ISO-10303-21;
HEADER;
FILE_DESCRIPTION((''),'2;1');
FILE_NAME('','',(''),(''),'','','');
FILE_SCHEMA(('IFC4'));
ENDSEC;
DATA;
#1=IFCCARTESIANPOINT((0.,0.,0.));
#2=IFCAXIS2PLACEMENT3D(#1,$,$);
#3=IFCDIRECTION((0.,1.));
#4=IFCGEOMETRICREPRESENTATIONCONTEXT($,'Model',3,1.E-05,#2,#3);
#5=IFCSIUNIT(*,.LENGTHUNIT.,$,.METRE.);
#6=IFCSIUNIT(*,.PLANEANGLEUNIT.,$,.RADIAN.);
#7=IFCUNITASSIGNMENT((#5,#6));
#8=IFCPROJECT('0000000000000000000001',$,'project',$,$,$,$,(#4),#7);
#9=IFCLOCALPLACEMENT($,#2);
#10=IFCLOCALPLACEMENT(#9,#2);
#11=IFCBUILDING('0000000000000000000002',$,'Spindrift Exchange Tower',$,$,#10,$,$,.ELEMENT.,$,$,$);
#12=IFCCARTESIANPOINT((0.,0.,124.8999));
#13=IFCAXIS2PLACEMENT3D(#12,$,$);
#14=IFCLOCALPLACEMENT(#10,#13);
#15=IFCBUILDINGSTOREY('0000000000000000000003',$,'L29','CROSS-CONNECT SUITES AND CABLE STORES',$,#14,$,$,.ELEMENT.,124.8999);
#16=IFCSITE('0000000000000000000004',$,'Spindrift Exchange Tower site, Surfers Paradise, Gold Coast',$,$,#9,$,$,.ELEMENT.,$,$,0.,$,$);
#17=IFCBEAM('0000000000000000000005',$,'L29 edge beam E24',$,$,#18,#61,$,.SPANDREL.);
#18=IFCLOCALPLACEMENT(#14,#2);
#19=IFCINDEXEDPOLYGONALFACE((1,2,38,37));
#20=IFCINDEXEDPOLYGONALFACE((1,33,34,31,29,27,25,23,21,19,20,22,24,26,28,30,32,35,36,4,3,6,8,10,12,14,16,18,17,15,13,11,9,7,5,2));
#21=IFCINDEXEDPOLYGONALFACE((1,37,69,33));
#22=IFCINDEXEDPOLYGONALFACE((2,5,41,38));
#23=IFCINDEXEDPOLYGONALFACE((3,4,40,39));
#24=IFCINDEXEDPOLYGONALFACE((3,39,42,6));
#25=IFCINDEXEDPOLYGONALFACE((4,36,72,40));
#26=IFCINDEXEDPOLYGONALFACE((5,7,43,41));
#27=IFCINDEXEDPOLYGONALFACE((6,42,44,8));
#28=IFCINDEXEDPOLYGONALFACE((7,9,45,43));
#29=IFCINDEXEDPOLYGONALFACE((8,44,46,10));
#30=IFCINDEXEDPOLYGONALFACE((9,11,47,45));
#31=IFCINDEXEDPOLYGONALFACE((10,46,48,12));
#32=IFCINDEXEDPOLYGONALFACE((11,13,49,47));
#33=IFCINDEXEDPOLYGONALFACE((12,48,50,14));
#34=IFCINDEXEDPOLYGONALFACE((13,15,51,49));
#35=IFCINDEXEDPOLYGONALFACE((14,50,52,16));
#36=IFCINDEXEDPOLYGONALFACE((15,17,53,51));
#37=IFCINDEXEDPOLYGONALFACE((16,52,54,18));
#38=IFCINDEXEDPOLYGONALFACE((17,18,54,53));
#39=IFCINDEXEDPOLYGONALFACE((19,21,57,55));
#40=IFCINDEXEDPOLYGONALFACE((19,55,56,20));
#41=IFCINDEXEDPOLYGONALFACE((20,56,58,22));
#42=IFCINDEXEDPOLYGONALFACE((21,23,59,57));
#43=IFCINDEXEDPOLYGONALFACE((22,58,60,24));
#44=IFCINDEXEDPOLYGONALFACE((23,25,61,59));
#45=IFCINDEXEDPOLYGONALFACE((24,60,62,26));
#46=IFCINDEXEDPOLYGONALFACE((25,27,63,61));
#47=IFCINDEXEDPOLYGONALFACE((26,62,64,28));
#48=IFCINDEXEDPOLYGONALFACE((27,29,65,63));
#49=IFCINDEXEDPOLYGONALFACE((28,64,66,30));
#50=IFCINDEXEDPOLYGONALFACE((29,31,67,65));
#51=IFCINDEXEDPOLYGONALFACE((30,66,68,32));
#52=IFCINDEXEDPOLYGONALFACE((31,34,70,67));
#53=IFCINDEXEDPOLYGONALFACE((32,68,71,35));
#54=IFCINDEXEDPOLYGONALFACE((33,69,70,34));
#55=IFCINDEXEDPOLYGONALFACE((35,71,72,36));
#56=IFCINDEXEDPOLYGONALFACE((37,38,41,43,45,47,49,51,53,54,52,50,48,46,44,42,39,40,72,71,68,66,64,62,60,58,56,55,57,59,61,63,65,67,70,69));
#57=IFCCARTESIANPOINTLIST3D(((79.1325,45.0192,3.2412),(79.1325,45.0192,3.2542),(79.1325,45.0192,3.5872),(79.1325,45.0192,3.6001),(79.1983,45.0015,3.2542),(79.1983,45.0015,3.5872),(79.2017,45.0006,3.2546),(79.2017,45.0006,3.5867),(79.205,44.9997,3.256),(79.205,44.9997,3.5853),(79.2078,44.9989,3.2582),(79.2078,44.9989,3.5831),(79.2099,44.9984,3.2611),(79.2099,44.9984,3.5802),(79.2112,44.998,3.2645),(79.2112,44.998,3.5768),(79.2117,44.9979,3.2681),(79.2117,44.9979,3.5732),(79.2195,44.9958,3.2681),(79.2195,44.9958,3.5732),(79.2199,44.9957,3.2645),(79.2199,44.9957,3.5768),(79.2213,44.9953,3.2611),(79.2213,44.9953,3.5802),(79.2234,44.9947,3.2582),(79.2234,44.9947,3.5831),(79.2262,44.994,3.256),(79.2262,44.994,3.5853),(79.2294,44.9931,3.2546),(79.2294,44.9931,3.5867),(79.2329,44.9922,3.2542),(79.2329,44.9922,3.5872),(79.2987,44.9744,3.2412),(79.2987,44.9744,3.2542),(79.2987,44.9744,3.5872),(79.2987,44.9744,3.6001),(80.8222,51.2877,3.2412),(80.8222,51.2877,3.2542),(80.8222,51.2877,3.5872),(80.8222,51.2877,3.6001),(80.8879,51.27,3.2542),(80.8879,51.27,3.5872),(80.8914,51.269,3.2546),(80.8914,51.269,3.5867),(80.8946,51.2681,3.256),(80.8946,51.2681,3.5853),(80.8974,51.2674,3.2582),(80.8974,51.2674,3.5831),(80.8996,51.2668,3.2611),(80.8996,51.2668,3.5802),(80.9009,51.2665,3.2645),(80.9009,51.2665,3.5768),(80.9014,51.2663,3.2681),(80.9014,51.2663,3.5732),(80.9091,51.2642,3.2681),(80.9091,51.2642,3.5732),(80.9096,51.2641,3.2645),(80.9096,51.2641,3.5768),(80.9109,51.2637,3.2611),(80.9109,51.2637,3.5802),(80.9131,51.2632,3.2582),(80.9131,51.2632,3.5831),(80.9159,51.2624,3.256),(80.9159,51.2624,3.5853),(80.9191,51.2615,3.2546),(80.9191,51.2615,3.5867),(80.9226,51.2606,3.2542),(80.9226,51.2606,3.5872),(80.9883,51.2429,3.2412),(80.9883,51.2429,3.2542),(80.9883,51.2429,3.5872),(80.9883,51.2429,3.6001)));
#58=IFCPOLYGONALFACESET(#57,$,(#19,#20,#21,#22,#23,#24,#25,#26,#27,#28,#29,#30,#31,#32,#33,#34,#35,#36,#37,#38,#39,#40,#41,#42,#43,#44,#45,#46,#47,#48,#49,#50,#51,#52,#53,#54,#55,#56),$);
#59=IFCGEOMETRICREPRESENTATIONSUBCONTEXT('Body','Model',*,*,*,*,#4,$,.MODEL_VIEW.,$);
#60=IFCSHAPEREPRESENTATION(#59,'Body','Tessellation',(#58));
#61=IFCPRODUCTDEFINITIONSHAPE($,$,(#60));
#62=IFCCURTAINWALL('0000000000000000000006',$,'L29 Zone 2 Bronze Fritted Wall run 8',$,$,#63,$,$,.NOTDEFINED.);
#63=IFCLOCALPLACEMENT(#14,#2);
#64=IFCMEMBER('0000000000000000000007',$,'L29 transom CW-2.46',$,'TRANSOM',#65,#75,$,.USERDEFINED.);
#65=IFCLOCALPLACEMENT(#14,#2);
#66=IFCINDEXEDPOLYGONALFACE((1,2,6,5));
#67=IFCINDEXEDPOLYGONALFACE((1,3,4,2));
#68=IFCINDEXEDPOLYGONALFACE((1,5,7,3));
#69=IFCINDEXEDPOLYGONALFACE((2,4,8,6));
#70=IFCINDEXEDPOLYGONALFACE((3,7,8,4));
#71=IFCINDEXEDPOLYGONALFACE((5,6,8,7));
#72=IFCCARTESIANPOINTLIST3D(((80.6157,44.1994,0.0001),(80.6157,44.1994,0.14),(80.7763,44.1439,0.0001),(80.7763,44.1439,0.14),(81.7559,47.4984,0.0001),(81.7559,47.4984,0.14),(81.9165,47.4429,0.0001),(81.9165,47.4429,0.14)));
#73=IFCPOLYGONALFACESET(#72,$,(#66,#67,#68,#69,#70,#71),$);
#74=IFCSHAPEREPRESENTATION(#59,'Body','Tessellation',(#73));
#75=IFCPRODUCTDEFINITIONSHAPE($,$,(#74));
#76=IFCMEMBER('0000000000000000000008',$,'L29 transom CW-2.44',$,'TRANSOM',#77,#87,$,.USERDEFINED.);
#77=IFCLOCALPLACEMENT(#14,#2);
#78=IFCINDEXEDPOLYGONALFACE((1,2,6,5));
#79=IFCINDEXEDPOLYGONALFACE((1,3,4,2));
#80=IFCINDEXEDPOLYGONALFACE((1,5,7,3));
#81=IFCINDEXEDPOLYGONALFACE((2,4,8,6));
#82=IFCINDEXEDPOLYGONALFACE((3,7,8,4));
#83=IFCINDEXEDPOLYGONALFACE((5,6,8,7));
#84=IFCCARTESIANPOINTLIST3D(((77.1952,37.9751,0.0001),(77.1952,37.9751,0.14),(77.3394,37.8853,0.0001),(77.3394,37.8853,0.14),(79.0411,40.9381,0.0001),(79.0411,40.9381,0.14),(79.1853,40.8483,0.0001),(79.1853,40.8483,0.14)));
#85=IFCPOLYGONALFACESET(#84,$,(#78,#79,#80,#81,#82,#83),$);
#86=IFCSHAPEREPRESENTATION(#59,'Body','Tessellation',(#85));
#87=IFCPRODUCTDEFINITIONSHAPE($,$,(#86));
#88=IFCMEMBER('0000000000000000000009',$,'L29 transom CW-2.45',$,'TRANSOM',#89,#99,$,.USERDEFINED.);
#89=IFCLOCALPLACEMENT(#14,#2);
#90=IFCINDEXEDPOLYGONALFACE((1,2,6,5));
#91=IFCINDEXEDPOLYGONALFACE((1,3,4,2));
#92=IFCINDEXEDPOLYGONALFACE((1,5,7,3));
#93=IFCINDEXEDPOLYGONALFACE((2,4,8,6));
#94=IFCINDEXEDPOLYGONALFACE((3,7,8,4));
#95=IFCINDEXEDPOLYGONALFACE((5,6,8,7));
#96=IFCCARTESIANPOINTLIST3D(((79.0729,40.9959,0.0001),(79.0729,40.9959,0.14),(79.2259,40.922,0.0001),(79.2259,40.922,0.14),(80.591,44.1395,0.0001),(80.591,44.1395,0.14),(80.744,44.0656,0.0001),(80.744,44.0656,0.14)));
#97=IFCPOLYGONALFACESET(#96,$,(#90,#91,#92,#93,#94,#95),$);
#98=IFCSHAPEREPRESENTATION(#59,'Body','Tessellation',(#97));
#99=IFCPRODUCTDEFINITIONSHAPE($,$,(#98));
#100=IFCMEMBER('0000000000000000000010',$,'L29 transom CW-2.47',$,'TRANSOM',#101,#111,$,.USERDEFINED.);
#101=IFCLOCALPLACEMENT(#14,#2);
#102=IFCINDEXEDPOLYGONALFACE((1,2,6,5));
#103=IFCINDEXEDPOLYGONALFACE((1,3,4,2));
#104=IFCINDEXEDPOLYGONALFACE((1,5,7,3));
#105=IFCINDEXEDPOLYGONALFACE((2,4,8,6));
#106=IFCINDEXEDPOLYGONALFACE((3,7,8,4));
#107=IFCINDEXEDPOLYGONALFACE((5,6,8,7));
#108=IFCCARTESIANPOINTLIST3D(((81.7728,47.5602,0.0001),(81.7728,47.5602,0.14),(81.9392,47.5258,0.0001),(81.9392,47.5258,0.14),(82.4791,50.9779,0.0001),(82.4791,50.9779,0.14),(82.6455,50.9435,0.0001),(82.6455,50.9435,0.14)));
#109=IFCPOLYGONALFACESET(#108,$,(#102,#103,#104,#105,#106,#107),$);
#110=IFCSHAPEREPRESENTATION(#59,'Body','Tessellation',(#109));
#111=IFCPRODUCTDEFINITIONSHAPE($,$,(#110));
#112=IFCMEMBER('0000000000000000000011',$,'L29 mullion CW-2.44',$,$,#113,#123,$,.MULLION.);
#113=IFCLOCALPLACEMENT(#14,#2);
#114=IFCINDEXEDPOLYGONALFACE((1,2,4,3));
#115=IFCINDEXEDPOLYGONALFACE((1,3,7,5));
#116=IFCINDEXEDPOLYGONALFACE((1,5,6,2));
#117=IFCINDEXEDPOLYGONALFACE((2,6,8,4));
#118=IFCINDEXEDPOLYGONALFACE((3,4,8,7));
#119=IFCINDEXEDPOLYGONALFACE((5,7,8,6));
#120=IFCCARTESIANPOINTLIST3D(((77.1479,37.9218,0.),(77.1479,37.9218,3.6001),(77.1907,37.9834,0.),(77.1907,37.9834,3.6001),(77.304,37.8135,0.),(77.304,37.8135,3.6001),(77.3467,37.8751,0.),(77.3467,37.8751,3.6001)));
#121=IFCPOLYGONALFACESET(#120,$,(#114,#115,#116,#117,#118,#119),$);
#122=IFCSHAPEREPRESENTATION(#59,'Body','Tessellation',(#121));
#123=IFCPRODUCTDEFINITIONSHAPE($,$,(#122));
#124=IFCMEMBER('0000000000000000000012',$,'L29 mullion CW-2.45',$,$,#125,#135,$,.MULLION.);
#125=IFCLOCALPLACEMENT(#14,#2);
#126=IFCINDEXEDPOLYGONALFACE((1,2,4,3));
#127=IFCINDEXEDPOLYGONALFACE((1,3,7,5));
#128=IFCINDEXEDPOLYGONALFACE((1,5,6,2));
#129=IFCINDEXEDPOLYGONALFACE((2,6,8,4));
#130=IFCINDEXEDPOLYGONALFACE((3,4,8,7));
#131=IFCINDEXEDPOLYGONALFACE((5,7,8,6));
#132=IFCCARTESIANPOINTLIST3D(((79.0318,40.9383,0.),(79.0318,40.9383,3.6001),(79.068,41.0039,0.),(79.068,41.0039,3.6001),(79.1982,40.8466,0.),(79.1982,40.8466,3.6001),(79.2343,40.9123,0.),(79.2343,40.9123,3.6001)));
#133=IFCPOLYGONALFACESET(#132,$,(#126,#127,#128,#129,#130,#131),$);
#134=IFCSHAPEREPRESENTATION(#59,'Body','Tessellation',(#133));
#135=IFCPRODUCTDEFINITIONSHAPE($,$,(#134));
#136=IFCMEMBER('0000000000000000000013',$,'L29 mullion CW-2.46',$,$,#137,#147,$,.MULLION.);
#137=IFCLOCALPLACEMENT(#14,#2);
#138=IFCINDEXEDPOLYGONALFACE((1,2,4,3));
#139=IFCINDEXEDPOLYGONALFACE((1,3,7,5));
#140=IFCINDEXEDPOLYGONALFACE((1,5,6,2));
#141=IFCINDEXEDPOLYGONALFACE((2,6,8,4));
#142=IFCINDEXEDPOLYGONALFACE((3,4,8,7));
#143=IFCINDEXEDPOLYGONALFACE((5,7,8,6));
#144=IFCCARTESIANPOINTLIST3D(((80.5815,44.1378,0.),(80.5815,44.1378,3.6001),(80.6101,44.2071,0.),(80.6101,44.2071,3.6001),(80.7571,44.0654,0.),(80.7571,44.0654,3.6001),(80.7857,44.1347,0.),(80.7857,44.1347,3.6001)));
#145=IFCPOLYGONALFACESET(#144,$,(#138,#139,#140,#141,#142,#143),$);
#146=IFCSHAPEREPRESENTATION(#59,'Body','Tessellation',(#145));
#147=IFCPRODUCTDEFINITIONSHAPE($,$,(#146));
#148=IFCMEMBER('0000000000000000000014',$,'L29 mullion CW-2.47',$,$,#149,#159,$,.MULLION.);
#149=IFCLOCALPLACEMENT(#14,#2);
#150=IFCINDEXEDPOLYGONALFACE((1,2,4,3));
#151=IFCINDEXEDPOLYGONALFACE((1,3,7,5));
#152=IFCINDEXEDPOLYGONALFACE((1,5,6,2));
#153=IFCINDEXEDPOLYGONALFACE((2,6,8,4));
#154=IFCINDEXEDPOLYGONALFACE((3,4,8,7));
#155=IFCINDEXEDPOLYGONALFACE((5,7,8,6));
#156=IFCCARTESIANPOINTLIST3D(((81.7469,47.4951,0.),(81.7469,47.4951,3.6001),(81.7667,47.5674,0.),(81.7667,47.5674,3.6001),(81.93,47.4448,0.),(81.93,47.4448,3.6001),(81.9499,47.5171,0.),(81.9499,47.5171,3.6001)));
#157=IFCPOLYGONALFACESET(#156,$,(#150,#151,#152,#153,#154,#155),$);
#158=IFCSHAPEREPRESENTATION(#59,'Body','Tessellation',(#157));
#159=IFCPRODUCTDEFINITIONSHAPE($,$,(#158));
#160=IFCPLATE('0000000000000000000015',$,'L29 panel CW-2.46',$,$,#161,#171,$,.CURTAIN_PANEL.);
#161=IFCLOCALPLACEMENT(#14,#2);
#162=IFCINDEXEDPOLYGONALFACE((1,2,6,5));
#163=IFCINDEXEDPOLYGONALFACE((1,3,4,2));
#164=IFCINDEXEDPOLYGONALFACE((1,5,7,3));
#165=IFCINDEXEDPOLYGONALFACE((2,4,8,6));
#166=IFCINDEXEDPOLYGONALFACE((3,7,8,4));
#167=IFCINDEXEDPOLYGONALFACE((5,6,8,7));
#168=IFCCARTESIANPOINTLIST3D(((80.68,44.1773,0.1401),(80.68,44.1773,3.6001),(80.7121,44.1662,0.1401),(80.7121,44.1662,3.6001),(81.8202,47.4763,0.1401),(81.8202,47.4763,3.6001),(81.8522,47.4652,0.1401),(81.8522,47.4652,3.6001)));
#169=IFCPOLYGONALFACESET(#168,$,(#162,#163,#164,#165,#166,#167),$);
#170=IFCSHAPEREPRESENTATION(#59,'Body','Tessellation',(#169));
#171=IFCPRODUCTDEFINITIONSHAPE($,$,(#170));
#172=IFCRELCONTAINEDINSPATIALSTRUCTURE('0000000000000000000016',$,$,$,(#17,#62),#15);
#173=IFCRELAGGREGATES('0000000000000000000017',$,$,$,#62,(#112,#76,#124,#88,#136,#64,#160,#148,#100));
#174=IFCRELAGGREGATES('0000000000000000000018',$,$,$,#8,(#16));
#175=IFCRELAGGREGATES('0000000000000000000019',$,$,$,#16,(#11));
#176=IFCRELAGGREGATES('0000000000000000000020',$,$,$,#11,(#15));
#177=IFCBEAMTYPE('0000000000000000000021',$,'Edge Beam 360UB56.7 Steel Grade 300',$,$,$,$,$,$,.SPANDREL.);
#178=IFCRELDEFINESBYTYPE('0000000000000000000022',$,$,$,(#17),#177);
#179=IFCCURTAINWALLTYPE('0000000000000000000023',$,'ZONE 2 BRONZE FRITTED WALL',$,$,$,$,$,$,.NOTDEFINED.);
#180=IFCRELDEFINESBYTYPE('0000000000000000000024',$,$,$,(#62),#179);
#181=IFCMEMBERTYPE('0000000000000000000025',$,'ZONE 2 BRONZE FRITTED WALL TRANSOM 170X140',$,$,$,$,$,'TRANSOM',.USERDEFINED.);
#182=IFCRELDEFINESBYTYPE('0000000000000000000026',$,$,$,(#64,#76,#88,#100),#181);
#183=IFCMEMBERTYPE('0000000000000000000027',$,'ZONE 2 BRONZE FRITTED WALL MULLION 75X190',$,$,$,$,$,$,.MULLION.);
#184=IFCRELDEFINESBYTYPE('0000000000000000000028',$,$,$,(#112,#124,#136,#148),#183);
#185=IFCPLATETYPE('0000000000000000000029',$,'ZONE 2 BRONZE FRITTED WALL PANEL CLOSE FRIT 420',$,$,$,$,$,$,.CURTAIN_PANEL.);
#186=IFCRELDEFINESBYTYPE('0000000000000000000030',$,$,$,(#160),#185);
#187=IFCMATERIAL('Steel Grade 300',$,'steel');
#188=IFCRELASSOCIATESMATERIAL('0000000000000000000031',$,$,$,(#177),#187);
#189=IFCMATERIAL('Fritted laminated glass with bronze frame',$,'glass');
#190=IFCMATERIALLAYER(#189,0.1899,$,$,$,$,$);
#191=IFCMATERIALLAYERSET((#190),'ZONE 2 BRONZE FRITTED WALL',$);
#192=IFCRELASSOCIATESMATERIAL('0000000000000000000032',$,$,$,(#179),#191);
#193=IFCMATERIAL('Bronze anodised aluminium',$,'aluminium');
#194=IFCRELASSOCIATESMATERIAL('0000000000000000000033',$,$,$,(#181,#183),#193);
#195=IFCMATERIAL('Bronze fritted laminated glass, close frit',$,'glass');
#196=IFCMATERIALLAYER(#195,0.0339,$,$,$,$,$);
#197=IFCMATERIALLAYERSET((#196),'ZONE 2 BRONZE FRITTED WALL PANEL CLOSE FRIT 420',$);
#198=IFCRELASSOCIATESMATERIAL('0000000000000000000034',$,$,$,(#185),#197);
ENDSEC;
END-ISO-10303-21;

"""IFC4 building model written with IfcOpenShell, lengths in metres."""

from ifc_helpers import new_model, si_unit, direction, frame, origin, origin_2d, place, context, subcontext, project, spatial, rectangle, i_section, extrude, source, transform, mapped, material, layer, layer_set, material_profile, profile_set, type_object, element, aggregate, save


model = new_model("IFC4")

# Units and contexts
model_context = context("Model", 3, precision=1e-05, world=origin(), true_north=direction((0.0, 1.0)))
body_context = subcontext(model_context, "Body", "Model", "MODEL_VIEW")
ifc_project = project(units=[si_unit("LENGTHUNIT", "METRE"), si_unit("PLANEANGLEUNIT", "RADIAN")], contexts=[model_context])

# Site, building, storey
site_placement = place(None, origin())
site = spatial("IfcSite", under=ifc_project, at=site_placement, Name="Spindrift Exchange Tower site, Surfers Paradise, Gold Coast", CompositionType="ELEMENT", RefElevation=0.0)
building_placement = place(site_placement, origin())
building = spatial("IfcBuilding", under=site, at=building_placement, Name="Spindrift Exchange Tower", CompositionType="ELEMENT")
storey_placement = place(building_placement, frame((0.0, 0.0, 124.8999)))
storey = spatial("IfcBuildingStorey", under=building, at=storey_placement, Name="L29", Description="CROSS-CONNECT SUITES AND CABLE STORES", CompositionType="ELEMENT", Elevation=124.8999)

# Beam
ifc_material_1 = material(Name="Steel Grade 300", Category="steel")
ifc_material_profile_1 = material_profile(ifc_material_1, i_section(OverallWidth=0.1721, OverallDepth=0.3589, WebThickness=0.0081, FlangeThickness=0.0129, FilletRadius=0.0139, at=origin_2d()), Name="360UB56.7")
ifc_profile_set_1 = profile_set([ifc_material_profile_1], Name="Steel Grade 300")
beam_type_1 = type_object("IfcBeamType", Name="Edge Beam 360UB56.7 Steel Grade 300", PredefinedType="SPANDREL", material=ifc_profile_set_1)
shared_shape_1 = source(origin(), body_context, "Body", "SweptSolid", [
    extrude(i_section(OverallWidth=0.1721, OverallDepth=0.3589, WebThickness=0.0081, FlangeThickness=0.0129, FilletRadius=0.0139, at=origin_2d()), origin(), (0.0, 0.0, 1.0), 6.4922),
])
beam_1_placement = place(storey_placement, frame((79.2156, 44.9968, 3.4207), z_axis=(0.260262, 0.965538, 0.0), x_axis=(-0.965538, 0.260262, 0.0)))
element("IfcBeam", 1, at=beam_1_placement, inside=storey, type_object=beam_type_1, Name="L29 edge beam E24", PredefinedType="SPANDREL", context=body_context, shape_type="MappedRepresentation", body=[
    mapped(shared_shape_1, transform((0.0, 0.0, 0.0), scale=1.0)),
])

# Curtain wall, members, plate
ifc_material_2 = material(Name="Fritted laminated glass with bronze frame", Category="glass")
ifc_layer_1 = layer(ifc_material_2, 0.1899)
ifc_layer_set_1 = layer_set([ifc_layer_1], Name="ZONE 2 BRONZE FRITTED WALL")
curtain_wall_type = type_object("IfcCurtainWallType", Name="ZONE 2 BRONZE FRITTED WALL", PredefinedType="NOTDEFINED", material=ifc_layer_set_1)
curtain_wall_placement = place(storey_placement, origin())
curtain_wall = element("IfcCurtainWall", 2, at=curtain_wall_placement, inside=storey, type_object=curtain_wall_type, Name="L29 Zone 2 Bronze Fritted Wall run 8", PredefinedType="NOTDEFINED")
ifc_material_3 = material(Name="Bronze anodised aluminium", Category="aluminium")
ifc_material_profile_2 = material_profile(ifc_material_3, rectangle(XDim=0.1699, YDim=0.1399, at=origin_2d()), Name="ZONE 2 BRONZE FRITTED WALL TRANSOM 170X140")
ifc_profile_set_2 = profile_set([ifc_material_profile_2], Name="Bronze anodised aluminium")
member_type_1 = type_object("IfcMemberType", Name="ZONE 2 BRONZE FRITTED WALL TRANSOM 170X140", ElementType="TRANSOM", PredefinedType="USERDEFINED", material=ifc_profile_set_2)
shared_shape_2 = source(origin(), body_context, "Body", "SweptSolid", [
    extrude(rectangle(XDim=0.1699, YDim=0.1399, at=origin_2d()), origin(), (0.0, 0.0, 1.0), 3.4905),
])
member_1_placement = place(storey_placement, frame((80.696, 44.1716, 0.0701), z_axis=(0.326637, 0.94515, 0.0), x_axis=(-0.94515, 0.326637, 0.0)))
member_1 = element("IfcMember", 3, at=member_1_placement, type_object=member_type_1, Name="L29 transom CW-2.46", ObjectType="TRANSOM", PredefinedType="USERDEFINED", context=body_context, shape_type="MappedRepresentation", body=[
    mapped(shared_shape_2, transform((0.0, 0.0, 0.0), scale=1.0)),
])
shared_shape_3 = source(origin(), body_context, "Body", "SweptSolid", [
    extrude(rectangle(XDim=0.1699, YDim=0.1399, at=origin_2d()), origin(), (0.0, 0.0, 1.0), 3.491),
])
member_2_placement = place(storey_placement, frame((77.2673, 37.9302, 0.0701), z_axis=(0.52876, 0.848771, 0.0), x_axis=(-0.848771, 0.52876, 0.0)))
member_2 = element("IfcMember", 4, at=member_2_placement, type_object=member_type_1, Name="L29 transom CW-2.44", ObjectType="TRANSOM", PredefinedType="USERDEFINED", context=body_context, shape_type="MappedRepresentation", body=[
    mapped(shared_shape_3, transform((0.0, 0.0, 0.0), scale=1.0)),
])
member_3_placement = place(storey_placement, frame((79.1494, 40.959, 0.0701), z_axis=(0.434862, 0.900497, 0.0), x_axis=(-0.900497, 0.434862, 0.0)))
member_3 = element("IfcMember", 5, at=member_3_placement, type_object=member_type_1, Name="L29 transom CW-2.45", ObjectType="TRANSOM", PredefinedType="USERDEFINED", context=body_context, shape_type="MappedRepresentation", body=[
    mapped(shared_shape_3, transform((0.0, 0.0, 0.0), scale=1.0)),
])
shared_shape_4 = source(origin(), body_context, "Body", "SweptSolid", [
    extrude(rectangle(XDim=0.1699, YDim=0.1399, at=origin_2d()), origin(), (0.0, 0.0, 1.0), 3.49),
])
member_4_placement = place(storey_placement, frame((81.856, 47.543, 0.0701), z_axis=(0.202381, 0.979307, 0.0), x_axis=(-0.979307, 0.202381, 0.0)))
member_4 = element("IfcMember", 6, at=member_4_placement, type_object=member_type_1, Name="L29 transom CW-2.47", ObjectType="TRANSOM", PredefinedType="USERDEFINED", context=body_context, shape_type="MappedRepresentation", body=[
    mapped(shared_shape_4, transform((0.0, 0.0, 0.0), scale=1.0)),
])
ifc_material_profile_3 = material_profile(ifc_material_3, rectangle(XDim=0.075, YDim=0.1899, at=origin_2d()), Name="ZONE 2 BRONZE FRITTED WALL MULLION 75X190")
ifc_profile_set_3 = profile_set([ifc_material_profile_3], Name="Bronze anodised aluminium")
member_type_2 = type_object("IfcMemberType", Name="ZONE 2 BRONZE FRITTED WALL MULLION 75X190", PredefinedType="MULLION", material=ifc_profile_set_3)
shared_shape_5 = source(origin(), body_context, "Body", "SweptSolid", [
    extrude(rectangle(XDim=0.075, YDim=0.1899, at=origin_2d()), origin(), (0.0, 0.0, 1.0), 3.6001),
])
member_5_placement = place(storey_placement, frame((77.2473, 37.8984, 0.0), z_axis=(0.0, 0.0, 1.0), x_axis=(0.570292, 0.821442, 0.0)))
member_5 = element("IfcMember", 7, at=member_5_placement, type_object=member_type_2, Name="L29 mullion CW-2.44", PredefinedType="MULLION", context=body_context, shape_type="MappedRepresentation", body=[
    mapped(shared_shape_5, transform((0.0, 0.0, 0.0), scale=1.0)),
])
member_6_placement = place(storey_placement, frame((79.1331, 40.9253, 0.0), z_axis=(0.0, 0.0, 1.0), x_axis=(0.482505, 0.875893, 0.0)))
member_6 = element("IfcMember", 8, at=member_6_placement, type_object=member_type_2, Name="L29 mullion CW-2.45", PredefinedType="MULLION", context=body_context, shape_type="MappedRepresentation", body=[
    mapped(shared_shape_5, transform((0.0, 0.0, 0.0), scale=1.0)),
])
member_7_placement = place(storey_placement, frame((80.6836, 44.1362, 0.0), z_axis=(0.0, 0.0, 1.0), x_axis=(0.381404, 0.924408, 0.0)))
member_7 = element("IfcMember", 9, at=member_7_placement, type_object=member_type_2, Name="L29 mullion CW-2.46", PredefinedType="MULLION", context=body_context, shape_type="MappedRepresentation", body=[
    mapped(shared_shape_5, transform((0.0, 0.0, 0.0), scale=1.0)),
])
member_8_placement = place(storey_placement, frame((81.8484, 47.5061, 0.0), z_axis=(0.0, 0.0, 1.0), x_axis=(0.265057, 0.964233, 0.0)))
member_8 = element("IfcMember", 10, at=member_8_placement, type_object=member_type_2, Name="L29 mullion CW-2.47", PredefinedType="MULLION", context=body_context, shape_type="MappedRepresentation", body=[
    mapped(shared_shape_5, transform((0.0, 0.0, 0.0), scale=1.0)),
])
ifc_material_4 = material(Name="Bronze fritted laminated glass, close frit", Category="glass")
ifc_layer_2 = layer(ifc_material_4, 0.0339)
ifc_layer_set_2 = layer_set([ifc_layer_2], Name="ZONE 2 BRONZE FRITTED WALL PANEL CLOSE FRIT 420")
plate_type_1 = type_object("IfcPlateType", Name="ZONE 2 BRONZE FRITTED WALL PANEL CLOSE FRIT 420", PredefinedType="CURTAIN_PANEL", material=ifc_layer_set_2)
shared_shape_6 = source(origin(), body_context, "Body", "SweptSolid", [
    extrude(rectangle(XDim=3.4905, YDim=0.0339, at=origin_2d()), origin(), (0.0, 0.0, 1.0), 3.46),
])
plate_1_placement = place(storey_placement, frame((81.2661, 45.8213, 0.1401), z_axis=(0.0, 0.0, 1.0), x_axis=(0.326659, 0.945142, 0.0)))
plate_1 = element("IfcPlate", 11, at=plate_1_placement, type_object=plate_type_1, Name="L29 panel CW-2.46", PredefinedType="CURTAIN_PANEL", context=body_context, shape_type="MappedRepresentation", body=[
    mapped(shared_shape_6, transform((0.0, 0.0, 0.0), scale=1.0)),
])
aggregate(curtain_wall, [member_5, member_2, member_6, member_3, member_7, member_1, plate_1, member_8, member_4])

save(model, "model.ifc")
